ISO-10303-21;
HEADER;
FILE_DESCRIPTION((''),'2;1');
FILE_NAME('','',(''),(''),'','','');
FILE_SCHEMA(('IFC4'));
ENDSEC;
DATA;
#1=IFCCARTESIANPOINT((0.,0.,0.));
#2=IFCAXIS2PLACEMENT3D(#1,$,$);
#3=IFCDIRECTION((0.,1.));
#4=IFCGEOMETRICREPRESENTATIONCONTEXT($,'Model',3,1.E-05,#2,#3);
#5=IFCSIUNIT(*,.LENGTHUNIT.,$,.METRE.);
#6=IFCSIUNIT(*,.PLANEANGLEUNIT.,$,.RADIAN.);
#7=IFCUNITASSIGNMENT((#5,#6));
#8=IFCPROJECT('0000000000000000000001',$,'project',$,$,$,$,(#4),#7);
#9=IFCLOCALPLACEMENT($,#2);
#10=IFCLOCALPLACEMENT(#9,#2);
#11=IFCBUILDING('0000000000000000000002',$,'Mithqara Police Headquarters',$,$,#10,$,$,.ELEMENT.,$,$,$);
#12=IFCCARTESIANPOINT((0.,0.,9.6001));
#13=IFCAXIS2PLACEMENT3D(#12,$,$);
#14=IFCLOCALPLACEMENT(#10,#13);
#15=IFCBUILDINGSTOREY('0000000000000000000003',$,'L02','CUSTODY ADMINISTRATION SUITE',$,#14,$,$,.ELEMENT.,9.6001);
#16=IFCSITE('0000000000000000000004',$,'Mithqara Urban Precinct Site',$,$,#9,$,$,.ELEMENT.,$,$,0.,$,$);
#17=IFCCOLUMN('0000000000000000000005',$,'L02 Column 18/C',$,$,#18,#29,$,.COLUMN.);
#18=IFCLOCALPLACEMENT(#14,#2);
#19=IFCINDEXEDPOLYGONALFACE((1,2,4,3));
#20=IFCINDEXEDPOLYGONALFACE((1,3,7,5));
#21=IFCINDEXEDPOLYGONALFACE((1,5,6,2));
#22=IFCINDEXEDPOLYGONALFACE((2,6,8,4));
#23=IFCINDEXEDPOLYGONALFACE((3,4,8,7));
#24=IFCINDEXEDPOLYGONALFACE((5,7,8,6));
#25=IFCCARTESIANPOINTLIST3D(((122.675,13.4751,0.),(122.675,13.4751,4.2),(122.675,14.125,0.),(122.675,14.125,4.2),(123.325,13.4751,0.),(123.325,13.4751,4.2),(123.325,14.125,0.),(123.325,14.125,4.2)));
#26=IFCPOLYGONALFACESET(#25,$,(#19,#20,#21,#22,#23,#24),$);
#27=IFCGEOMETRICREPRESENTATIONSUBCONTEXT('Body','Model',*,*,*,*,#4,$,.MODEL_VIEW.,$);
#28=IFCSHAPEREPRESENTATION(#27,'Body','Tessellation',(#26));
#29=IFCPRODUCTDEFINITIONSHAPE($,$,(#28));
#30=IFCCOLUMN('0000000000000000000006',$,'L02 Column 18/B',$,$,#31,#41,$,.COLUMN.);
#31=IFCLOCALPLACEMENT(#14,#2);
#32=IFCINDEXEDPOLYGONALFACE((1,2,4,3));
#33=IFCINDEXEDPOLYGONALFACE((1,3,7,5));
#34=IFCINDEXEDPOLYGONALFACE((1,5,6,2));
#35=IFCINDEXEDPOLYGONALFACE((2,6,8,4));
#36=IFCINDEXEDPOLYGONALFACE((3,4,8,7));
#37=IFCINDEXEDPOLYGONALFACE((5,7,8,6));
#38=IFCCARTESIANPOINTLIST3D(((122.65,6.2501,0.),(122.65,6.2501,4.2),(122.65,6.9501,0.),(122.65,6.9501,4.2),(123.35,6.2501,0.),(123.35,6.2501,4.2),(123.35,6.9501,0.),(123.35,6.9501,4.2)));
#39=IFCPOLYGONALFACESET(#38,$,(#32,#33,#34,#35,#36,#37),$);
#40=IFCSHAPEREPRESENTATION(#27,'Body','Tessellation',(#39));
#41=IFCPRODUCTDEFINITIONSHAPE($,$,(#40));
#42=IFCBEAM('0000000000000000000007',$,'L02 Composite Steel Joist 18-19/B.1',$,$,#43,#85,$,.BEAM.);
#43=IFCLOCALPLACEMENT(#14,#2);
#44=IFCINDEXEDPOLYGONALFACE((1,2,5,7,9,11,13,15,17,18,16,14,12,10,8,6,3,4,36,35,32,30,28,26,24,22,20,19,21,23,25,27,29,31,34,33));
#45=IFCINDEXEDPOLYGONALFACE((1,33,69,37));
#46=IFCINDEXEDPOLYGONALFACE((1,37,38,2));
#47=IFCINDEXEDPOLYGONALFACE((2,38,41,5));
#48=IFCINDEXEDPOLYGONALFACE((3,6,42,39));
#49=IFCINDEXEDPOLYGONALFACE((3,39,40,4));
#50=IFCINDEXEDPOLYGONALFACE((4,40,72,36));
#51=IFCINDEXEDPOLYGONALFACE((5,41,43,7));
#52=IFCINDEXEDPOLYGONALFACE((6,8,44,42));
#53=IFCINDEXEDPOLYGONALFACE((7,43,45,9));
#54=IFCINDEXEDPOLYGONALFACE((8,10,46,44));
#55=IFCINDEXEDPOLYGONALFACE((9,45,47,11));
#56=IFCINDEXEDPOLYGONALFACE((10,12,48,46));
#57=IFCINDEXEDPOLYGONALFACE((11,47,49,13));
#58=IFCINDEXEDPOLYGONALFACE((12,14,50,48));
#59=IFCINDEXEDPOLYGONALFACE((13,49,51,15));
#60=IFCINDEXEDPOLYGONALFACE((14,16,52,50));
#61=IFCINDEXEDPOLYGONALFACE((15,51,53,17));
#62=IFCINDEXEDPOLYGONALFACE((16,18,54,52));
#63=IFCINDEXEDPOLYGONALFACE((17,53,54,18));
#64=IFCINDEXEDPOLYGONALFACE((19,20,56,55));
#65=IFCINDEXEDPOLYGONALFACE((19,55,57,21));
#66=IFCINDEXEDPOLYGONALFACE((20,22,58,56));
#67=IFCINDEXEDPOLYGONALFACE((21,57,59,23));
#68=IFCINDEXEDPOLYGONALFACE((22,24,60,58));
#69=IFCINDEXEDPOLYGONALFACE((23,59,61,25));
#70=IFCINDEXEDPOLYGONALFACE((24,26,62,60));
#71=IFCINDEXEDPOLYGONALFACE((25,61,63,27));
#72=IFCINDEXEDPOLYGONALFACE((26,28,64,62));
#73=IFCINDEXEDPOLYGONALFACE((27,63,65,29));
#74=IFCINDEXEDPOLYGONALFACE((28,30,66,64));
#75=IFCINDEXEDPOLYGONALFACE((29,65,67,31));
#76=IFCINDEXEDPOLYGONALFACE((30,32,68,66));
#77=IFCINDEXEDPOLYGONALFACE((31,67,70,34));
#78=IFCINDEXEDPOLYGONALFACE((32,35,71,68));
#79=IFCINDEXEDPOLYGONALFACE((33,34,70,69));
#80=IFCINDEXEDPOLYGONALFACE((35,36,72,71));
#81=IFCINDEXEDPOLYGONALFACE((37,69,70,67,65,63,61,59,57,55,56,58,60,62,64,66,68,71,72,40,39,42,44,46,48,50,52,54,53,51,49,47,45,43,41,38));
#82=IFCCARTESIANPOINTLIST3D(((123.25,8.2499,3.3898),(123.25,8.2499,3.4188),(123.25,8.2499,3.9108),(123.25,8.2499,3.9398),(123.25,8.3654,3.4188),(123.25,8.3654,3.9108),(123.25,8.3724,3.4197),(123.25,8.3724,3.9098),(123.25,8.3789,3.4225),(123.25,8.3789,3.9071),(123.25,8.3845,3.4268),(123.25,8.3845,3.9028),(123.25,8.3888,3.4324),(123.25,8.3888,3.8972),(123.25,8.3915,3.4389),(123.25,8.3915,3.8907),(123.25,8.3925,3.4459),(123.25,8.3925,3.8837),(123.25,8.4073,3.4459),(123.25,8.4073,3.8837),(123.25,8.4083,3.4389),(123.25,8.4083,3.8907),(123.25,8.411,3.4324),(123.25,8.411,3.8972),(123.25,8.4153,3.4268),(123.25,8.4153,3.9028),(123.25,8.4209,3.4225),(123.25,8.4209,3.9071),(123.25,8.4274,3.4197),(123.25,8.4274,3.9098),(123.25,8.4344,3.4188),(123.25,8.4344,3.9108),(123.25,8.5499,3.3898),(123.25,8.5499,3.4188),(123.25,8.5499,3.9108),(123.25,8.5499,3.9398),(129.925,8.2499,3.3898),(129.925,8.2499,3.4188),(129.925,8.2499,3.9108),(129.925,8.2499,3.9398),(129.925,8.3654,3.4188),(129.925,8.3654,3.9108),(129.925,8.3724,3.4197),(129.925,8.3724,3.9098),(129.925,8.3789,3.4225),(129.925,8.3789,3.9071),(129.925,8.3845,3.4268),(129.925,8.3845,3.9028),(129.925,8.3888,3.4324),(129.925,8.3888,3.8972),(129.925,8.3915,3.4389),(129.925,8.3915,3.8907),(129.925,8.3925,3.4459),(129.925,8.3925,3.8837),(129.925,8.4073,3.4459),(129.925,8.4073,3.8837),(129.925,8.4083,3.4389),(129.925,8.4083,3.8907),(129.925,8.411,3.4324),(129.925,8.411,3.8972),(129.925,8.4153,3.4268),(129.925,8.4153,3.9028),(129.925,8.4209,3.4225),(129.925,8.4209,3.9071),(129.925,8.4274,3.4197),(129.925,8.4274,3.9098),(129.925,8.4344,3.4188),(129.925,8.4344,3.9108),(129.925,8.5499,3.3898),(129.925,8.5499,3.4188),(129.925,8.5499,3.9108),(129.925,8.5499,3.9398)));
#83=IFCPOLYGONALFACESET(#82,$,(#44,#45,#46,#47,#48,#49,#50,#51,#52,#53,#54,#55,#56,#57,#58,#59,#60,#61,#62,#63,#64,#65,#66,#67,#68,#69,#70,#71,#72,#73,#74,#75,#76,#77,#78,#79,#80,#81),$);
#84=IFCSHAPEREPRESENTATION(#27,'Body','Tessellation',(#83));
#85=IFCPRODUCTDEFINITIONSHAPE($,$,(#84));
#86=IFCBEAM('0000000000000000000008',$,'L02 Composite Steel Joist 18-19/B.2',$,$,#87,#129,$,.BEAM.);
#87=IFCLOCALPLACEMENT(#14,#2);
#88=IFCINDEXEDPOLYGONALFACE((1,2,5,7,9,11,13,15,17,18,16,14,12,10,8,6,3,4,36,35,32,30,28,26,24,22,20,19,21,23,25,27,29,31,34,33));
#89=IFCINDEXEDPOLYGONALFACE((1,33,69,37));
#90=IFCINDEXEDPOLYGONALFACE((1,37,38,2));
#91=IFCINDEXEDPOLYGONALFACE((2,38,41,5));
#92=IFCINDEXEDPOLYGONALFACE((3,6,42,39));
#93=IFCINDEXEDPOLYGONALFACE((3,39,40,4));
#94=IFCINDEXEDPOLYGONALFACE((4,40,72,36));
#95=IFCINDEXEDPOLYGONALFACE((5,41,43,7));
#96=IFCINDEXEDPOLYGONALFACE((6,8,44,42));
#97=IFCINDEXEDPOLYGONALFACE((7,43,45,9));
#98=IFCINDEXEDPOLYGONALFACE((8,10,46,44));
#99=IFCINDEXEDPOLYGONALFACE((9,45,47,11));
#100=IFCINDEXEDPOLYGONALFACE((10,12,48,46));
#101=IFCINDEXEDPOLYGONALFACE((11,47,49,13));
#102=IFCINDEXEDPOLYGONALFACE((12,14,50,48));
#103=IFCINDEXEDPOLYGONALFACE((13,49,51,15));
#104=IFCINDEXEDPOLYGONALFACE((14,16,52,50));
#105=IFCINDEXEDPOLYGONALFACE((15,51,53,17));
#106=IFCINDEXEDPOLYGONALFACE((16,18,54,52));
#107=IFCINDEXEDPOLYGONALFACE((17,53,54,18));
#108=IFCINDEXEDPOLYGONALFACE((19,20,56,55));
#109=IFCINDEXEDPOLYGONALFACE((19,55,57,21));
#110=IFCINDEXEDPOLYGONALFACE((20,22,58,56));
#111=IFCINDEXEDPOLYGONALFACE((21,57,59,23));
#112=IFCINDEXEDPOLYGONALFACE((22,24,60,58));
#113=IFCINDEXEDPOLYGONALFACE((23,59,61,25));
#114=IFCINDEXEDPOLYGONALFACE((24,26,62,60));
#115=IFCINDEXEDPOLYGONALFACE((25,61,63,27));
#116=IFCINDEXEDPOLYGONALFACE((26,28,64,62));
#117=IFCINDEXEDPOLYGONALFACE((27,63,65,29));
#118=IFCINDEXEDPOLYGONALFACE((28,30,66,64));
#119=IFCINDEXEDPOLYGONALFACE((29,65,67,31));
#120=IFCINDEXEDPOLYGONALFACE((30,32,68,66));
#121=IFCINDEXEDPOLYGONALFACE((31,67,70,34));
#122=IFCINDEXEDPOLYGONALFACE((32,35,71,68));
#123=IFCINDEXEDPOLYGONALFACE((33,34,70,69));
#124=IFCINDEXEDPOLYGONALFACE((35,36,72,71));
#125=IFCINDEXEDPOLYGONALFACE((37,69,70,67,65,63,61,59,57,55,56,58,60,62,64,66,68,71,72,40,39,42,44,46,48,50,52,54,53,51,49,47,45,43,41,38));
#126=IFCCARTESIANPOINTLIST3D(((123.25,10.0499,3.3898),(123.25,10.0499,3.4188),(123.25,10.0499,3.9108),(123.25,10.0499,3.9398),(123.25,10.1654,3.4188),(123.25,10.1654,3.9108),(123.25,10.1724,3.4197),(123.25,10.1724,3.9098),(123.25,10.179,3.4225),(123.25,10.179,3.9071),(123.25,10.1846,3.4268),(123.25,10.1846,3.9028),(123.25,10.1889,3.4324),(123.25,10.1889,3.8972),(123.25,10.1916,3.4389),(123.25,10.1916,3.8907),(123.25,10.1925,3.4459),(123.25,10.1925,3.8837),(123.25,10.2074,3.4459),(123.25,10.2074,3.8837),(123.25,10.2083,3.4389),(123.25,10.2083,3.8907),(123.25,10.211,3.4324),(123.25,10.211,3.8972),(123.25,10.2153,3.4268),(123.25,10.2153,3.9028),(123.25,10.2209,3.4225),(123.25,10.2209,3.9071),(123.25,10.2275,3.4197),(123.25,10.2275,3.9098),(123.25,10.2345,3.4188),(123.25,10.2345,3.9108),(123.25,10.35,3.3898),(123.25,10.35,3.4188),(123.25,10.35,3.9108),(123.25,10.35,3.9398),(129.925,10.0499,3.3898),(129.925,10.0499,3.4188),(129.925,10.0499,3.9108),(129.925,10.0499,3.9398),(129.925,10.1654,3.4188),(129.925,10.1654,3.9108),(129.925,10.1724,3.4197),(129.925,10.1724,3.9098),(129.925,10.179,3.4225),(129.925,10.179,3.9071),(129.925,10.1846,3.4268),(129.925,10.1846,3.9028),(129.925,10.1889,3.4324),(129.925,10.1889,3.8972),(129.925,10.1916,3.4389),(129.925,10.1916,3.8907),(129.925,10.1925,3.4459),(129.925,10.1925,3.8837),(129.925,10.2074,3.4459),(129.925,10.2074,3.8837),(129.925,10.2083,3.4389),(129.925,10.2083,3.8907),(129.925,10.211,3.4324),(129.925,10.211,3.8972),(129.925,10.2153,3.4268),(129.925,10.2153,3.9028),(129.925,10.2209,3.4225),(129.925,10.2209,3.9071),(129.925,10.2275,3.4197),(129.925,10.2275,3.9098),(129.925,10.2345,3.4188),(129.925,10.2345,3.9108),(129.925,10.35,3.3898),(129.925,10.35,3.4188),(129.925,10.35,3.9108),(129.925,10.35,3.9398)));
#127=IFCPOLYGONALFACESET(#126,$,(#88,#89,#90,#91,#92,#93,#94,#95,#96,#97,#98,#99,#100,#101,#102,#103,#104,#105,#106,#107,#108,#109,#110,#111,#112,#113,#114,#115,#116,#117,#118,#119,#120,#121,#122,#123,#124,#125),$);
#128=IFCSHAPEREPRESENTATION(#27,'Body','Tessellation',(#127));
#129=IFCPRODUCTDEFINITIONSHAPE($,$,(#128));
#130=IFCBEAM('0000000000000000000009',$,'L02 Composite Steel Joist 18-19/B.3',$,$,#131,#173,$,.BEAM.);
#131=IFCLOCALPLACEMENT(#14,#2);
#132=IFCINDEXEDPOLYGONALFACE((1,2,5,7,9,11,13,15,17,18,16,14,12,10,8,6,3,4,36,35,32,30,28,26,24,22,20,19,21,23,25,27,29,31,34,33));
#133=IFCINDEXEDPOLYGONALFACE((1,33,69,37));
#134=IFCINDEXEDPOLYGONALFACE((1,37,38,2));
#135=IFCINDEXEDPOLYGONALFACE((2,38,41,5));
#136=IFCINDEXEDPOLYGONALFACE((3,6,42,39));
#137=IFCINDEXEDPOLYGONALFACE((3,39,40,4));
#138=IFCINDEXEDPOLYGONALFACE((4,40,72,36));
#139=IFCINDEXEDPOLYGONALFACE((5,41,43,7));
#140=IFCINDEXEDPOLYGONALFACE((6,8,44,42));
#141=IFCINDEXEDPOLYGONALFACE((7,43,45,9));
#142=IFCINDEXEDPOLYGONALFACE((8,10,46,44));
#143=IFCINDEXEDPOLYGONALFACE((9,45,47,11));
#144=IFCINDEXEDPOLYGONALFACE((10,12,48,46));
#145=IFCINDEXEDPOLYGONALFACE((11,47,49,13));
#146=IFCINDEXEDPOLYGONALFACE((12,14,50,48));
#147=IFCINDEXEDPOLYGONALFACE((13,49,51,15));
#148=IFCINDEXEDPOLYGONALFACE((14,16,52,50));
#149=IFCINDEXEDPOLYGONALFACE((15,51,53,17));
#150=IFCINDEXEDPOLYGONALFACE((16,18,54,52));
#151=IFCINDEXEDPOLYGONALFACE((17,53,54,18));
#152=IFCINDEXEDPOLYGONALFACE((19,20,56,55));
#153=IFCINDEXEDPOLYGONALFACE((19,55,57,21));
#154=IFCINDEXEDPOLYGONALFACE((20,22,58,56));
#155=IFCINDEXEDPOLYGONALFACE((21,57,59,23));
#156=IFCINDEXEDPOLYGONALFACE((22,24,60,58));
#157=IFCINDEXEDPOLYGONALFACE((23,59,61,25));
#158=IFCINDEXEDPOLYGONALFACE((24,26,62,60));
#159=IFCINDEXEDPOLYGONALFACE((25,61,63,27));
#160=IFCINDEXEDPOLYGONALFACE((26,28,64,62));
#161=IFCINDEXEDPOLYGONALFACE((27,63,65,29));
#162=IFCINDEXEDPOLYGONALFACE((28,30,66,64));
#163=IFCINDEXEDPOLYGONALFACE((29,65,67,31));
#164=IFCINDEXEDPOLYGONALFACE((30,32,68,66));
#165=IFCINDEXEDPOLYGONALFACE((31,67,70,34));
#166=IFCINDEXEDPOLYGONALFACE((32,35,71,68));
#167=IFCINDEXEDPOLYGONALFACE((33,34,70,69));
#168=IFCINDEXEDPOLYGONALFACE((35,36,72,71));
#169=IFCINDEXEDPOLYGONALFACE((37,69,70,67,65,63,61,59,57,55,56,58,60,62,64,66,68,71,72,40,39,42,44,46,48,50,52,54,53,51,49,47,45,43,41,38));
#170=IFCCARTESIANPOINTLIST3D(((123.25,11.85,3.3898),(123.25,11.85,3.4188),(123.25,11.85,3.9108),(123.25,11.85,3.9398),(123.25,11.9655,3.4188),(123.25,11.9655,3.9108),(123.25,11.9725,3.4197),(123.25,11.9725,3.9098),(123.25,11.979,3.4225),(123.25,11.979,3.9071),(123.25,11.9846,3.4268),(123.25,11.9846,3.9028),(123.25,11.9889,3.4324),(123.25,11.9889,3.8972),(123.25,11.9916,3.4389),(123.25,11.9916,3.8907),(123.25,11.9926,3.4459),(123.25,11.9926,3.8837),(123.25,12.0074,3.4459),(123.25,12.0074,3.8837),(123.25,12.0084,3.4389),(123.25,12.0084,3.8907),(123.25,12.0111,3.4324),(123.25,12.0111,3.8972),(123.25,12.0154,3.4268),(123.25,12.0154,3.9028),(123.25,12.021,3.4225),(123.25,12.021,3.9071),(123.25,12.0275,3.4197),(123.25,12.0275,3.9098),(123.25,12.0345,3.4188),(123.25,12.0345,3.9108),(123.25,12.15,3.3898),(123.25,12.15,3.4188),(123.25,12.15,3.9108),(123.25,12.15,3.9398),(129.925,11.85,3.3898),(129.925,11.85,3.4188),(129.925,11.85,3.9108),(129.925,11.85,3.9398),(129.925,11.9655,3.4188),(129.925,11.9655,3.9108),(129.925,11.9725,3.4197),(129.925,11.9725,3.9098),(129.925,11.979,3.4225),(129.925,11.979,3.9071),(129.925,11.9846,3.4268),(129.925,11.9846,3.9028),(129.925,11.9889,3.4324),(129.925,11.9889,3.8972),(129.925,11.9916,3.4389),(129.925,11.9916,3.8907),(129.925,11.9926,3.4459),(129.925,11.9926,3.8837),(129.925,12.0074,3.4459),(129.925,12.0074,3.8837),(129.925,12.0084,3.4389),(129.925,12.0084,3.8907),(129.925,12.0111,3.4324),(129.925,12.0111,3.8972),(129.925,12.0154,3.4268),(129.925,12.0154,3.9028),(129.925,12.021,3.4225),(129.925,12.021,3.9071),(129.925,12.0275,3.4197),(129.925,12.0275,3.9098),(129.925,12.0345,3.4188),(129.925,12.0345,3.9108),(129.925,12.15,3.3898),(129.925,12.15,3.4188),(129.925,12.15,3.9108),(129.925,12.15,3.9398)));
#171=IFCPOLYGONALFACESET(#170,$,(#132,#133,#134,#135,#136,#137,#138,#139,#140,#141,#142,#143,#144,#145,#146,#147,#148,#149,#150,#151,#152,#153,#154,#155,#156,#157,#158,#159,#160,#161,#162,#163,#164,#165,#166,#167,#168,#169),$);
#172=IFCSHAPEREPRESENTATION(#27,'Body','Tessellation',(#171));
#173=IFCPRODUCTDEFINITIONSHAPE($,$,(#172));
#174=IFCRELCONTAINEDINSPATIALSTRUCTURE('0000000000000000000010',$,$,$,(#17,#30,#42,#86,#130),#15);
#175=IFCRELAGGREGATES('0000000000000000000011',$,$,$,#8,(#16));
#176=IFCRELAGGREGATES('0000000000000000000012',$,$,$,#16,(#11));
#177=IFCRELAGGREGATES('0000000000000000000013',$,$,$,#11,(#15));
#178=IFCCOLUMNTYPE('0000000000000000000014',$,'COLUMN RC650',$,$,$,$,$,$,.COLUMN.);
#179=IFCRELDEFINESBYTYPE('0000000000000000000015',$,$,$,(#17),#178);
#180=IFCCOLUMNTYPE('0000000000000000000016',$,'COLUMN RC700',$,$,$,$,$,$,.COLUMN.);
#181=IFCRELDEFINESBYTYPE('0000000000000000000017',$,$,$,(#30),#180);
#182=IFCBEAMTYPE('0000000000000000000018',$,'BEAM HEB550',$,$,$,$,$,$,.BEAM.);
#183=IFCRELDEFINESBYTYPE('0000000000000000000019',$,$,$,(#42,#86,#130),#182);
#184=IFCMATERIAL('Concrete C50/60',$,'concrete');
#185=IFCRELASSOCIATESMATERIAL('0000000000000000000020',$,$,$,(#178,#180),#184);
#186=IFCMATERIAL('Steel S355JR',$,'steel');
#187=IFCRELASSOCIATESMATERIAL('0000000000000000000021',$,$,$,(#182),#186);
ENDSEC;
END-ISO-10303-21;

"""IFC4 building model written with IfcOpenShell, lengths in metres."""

from ifc_helpers import new_model, si_unit, direction, frame, origin, origin_2d, place, context, subcontext, project, spatial, rectangle, i_section, extrude, material, material_profile, profile_set, type_object, element, save


model = new_model("IFC4")

# Units and contexts
model_context = context("Model", 3, precision=1e-05, world=origin(), true_north=direction((0.0, 1.0)))
body_context = subcontext(model_context, "Body", "Model", "MODEL_VIEW")
ifc_project = project(units=[si_unit("LENGTHUNIT", "METRE"), si_unit("PLANEANGLEUNIT", "RADIAN")], contexts=[model_context])

# Site, building, storey
site_placement = place(None, origin())
site = spatial("IfcSite", under=ifc_project, at=site_placement, Name="Mithqara Urban Precinct Site", CompositionType="ELEMENT", RefElevation=0.0)
building_placement = place(site_placement, origin())
building = spatial("IfcBuilding", under=site, at=building_placement, Name="Mithqara Police Headquarters", CompositionType="ELEMENT")
storey_placement = place(building_placement, frame((0.0, 0.0, 9.6001)))
storey = spatial("IfcBuildingStorey", under=building, at=storey_placement, Name="L02", Description="CUSTODY ADMINISTRATION SUITE", CompositionType="ELEMENT", Elevation=9.6001)

# Columns
ifc_material_1 = material(Name="Concrete C50/60", Category="concrete")
ifc_material_profile_1 = material_profile(ifc_material_1, rectangle(XDim=0.6499, YDim=0.6499, at=origin_2d()), Name="RC 650x650")
ifc_profile_set_1 = profile_set([ifc_material_profile_1], Name="Concrete C50/60")
column_type_1 = type_object("IfcColumnType", Name="COLUMN RC650", PredefinedType="COLUMN", material=ifc_profile_set_1)
column_1_placement = place(storey_placement, frame((123.0, 13.8, 0.0), z_axis=(0.0, 0.0, 1.0), x_axis=(1.0, 0.0, 0.0)))
element("IfcColumn", 1, at=column_1_placement, inside=storey, type_object=column_type_1, Name="L02 Column 18/C", PredefinedType="COLUMN", context=body_context, shape_type="SweptSolid", body=[
    extrude(rectangle(XDim=0.6499, YDim=0.6499, at=origin_2d()), origin(), (0.0, 0.0, 1.0), 4.2),
])
ifc_material_profile_2 = material_profile(ifc_material_1, rectangle(XDim=0.7, YDim=0.7, at=origin_2d()), Name="RC 700x700")
ifc_profile_set_2 = profile_set([ifc_material_profile_2], Name="Concrete C50/60")
column_type_2 = type_object("IfcColumnType", Name="COLUMN RC700", PredefinedType="COLUMN", material=ifc_profile_set_2)
column_2_placement = place(storey_placement, frame((123.0, 6.6001, 0.0), z_axis=(0.0, 0.0, 1.0), x_axis=(1.0, 0.0, 0.0)))
element("IfcColumn", 2, at=column_2_placement, inside=storey, type_object=column_type_2, Name="L02 Column 18/B", PredefinedType="COLUMN", context=body_context, shape_type="SweptSolid", body=[
    extrude(rectangle(XDim=0.7, YDim=0.7, at=origin_2d()), origin(), (0.0, 0.0, 1.0), 4.2),
])

# Beams
ifc_material_2 = material(Name="Steel S355JR", Category="steel")
ifc_material_profile_3 = material_profile(ifc_material_2, i_section(OverallWidth=0.3, OverallDepth=0.55, WebThickness=0.0149, FlangeThickness=0.0291, FilletRadius=0.0271, at=origin_2d()), Name="HEB 550")
ifc_profile_set_3 = profile_set([ifc_material_profile_3], Name="Steel S355JR")
beam_type_1 = type_object("IfcBeamType", Name="BEAM HEB550", PredefinedType="BEAM", material=ifc_profile_set_3)
for number, where, z_axis, x_axis, name in (
    (3, (123.25, 8.3999, 3.6648), (1.0, 0.0, 0.0), (0.0, 1.0, 0.0), "L02 Composite Steel Joist 18-19/B.1"),
    (4, (123.25, 10.2, 3.6648), (1.0, 0.0, 0.0), (0.0, 1.0, 0.0), "L02 Composite Steel Joist 18-19/B.2"),
    (5, (123.25, 12.0, 3.6648), (1.0, 0.0, 0.0), (0.0, 1.0, 0.0), "L02 Composite Steel Joist 18-19/B.3"),
):
    element("IfcBeam", number, at=place(storey_placement, frame(where, z_axis=z_axis, x_axis=x_axis)), inside=storey, type_object=beam_type_1, Name=name, PredefinedType="BEAM", context=body_context, shape_type="SweptSolid", body=[
        extrude(i_section(OverallWidth=0.3, OverallDepth=0.55, WebThickness=0.0149, FlangeThickness=0.0291, FilletRadius=0.0271, at=origin_2d()), origin(), (0.0, 0.0, 1.0), 6.675),
    ])

save(model, "model.ifc")
